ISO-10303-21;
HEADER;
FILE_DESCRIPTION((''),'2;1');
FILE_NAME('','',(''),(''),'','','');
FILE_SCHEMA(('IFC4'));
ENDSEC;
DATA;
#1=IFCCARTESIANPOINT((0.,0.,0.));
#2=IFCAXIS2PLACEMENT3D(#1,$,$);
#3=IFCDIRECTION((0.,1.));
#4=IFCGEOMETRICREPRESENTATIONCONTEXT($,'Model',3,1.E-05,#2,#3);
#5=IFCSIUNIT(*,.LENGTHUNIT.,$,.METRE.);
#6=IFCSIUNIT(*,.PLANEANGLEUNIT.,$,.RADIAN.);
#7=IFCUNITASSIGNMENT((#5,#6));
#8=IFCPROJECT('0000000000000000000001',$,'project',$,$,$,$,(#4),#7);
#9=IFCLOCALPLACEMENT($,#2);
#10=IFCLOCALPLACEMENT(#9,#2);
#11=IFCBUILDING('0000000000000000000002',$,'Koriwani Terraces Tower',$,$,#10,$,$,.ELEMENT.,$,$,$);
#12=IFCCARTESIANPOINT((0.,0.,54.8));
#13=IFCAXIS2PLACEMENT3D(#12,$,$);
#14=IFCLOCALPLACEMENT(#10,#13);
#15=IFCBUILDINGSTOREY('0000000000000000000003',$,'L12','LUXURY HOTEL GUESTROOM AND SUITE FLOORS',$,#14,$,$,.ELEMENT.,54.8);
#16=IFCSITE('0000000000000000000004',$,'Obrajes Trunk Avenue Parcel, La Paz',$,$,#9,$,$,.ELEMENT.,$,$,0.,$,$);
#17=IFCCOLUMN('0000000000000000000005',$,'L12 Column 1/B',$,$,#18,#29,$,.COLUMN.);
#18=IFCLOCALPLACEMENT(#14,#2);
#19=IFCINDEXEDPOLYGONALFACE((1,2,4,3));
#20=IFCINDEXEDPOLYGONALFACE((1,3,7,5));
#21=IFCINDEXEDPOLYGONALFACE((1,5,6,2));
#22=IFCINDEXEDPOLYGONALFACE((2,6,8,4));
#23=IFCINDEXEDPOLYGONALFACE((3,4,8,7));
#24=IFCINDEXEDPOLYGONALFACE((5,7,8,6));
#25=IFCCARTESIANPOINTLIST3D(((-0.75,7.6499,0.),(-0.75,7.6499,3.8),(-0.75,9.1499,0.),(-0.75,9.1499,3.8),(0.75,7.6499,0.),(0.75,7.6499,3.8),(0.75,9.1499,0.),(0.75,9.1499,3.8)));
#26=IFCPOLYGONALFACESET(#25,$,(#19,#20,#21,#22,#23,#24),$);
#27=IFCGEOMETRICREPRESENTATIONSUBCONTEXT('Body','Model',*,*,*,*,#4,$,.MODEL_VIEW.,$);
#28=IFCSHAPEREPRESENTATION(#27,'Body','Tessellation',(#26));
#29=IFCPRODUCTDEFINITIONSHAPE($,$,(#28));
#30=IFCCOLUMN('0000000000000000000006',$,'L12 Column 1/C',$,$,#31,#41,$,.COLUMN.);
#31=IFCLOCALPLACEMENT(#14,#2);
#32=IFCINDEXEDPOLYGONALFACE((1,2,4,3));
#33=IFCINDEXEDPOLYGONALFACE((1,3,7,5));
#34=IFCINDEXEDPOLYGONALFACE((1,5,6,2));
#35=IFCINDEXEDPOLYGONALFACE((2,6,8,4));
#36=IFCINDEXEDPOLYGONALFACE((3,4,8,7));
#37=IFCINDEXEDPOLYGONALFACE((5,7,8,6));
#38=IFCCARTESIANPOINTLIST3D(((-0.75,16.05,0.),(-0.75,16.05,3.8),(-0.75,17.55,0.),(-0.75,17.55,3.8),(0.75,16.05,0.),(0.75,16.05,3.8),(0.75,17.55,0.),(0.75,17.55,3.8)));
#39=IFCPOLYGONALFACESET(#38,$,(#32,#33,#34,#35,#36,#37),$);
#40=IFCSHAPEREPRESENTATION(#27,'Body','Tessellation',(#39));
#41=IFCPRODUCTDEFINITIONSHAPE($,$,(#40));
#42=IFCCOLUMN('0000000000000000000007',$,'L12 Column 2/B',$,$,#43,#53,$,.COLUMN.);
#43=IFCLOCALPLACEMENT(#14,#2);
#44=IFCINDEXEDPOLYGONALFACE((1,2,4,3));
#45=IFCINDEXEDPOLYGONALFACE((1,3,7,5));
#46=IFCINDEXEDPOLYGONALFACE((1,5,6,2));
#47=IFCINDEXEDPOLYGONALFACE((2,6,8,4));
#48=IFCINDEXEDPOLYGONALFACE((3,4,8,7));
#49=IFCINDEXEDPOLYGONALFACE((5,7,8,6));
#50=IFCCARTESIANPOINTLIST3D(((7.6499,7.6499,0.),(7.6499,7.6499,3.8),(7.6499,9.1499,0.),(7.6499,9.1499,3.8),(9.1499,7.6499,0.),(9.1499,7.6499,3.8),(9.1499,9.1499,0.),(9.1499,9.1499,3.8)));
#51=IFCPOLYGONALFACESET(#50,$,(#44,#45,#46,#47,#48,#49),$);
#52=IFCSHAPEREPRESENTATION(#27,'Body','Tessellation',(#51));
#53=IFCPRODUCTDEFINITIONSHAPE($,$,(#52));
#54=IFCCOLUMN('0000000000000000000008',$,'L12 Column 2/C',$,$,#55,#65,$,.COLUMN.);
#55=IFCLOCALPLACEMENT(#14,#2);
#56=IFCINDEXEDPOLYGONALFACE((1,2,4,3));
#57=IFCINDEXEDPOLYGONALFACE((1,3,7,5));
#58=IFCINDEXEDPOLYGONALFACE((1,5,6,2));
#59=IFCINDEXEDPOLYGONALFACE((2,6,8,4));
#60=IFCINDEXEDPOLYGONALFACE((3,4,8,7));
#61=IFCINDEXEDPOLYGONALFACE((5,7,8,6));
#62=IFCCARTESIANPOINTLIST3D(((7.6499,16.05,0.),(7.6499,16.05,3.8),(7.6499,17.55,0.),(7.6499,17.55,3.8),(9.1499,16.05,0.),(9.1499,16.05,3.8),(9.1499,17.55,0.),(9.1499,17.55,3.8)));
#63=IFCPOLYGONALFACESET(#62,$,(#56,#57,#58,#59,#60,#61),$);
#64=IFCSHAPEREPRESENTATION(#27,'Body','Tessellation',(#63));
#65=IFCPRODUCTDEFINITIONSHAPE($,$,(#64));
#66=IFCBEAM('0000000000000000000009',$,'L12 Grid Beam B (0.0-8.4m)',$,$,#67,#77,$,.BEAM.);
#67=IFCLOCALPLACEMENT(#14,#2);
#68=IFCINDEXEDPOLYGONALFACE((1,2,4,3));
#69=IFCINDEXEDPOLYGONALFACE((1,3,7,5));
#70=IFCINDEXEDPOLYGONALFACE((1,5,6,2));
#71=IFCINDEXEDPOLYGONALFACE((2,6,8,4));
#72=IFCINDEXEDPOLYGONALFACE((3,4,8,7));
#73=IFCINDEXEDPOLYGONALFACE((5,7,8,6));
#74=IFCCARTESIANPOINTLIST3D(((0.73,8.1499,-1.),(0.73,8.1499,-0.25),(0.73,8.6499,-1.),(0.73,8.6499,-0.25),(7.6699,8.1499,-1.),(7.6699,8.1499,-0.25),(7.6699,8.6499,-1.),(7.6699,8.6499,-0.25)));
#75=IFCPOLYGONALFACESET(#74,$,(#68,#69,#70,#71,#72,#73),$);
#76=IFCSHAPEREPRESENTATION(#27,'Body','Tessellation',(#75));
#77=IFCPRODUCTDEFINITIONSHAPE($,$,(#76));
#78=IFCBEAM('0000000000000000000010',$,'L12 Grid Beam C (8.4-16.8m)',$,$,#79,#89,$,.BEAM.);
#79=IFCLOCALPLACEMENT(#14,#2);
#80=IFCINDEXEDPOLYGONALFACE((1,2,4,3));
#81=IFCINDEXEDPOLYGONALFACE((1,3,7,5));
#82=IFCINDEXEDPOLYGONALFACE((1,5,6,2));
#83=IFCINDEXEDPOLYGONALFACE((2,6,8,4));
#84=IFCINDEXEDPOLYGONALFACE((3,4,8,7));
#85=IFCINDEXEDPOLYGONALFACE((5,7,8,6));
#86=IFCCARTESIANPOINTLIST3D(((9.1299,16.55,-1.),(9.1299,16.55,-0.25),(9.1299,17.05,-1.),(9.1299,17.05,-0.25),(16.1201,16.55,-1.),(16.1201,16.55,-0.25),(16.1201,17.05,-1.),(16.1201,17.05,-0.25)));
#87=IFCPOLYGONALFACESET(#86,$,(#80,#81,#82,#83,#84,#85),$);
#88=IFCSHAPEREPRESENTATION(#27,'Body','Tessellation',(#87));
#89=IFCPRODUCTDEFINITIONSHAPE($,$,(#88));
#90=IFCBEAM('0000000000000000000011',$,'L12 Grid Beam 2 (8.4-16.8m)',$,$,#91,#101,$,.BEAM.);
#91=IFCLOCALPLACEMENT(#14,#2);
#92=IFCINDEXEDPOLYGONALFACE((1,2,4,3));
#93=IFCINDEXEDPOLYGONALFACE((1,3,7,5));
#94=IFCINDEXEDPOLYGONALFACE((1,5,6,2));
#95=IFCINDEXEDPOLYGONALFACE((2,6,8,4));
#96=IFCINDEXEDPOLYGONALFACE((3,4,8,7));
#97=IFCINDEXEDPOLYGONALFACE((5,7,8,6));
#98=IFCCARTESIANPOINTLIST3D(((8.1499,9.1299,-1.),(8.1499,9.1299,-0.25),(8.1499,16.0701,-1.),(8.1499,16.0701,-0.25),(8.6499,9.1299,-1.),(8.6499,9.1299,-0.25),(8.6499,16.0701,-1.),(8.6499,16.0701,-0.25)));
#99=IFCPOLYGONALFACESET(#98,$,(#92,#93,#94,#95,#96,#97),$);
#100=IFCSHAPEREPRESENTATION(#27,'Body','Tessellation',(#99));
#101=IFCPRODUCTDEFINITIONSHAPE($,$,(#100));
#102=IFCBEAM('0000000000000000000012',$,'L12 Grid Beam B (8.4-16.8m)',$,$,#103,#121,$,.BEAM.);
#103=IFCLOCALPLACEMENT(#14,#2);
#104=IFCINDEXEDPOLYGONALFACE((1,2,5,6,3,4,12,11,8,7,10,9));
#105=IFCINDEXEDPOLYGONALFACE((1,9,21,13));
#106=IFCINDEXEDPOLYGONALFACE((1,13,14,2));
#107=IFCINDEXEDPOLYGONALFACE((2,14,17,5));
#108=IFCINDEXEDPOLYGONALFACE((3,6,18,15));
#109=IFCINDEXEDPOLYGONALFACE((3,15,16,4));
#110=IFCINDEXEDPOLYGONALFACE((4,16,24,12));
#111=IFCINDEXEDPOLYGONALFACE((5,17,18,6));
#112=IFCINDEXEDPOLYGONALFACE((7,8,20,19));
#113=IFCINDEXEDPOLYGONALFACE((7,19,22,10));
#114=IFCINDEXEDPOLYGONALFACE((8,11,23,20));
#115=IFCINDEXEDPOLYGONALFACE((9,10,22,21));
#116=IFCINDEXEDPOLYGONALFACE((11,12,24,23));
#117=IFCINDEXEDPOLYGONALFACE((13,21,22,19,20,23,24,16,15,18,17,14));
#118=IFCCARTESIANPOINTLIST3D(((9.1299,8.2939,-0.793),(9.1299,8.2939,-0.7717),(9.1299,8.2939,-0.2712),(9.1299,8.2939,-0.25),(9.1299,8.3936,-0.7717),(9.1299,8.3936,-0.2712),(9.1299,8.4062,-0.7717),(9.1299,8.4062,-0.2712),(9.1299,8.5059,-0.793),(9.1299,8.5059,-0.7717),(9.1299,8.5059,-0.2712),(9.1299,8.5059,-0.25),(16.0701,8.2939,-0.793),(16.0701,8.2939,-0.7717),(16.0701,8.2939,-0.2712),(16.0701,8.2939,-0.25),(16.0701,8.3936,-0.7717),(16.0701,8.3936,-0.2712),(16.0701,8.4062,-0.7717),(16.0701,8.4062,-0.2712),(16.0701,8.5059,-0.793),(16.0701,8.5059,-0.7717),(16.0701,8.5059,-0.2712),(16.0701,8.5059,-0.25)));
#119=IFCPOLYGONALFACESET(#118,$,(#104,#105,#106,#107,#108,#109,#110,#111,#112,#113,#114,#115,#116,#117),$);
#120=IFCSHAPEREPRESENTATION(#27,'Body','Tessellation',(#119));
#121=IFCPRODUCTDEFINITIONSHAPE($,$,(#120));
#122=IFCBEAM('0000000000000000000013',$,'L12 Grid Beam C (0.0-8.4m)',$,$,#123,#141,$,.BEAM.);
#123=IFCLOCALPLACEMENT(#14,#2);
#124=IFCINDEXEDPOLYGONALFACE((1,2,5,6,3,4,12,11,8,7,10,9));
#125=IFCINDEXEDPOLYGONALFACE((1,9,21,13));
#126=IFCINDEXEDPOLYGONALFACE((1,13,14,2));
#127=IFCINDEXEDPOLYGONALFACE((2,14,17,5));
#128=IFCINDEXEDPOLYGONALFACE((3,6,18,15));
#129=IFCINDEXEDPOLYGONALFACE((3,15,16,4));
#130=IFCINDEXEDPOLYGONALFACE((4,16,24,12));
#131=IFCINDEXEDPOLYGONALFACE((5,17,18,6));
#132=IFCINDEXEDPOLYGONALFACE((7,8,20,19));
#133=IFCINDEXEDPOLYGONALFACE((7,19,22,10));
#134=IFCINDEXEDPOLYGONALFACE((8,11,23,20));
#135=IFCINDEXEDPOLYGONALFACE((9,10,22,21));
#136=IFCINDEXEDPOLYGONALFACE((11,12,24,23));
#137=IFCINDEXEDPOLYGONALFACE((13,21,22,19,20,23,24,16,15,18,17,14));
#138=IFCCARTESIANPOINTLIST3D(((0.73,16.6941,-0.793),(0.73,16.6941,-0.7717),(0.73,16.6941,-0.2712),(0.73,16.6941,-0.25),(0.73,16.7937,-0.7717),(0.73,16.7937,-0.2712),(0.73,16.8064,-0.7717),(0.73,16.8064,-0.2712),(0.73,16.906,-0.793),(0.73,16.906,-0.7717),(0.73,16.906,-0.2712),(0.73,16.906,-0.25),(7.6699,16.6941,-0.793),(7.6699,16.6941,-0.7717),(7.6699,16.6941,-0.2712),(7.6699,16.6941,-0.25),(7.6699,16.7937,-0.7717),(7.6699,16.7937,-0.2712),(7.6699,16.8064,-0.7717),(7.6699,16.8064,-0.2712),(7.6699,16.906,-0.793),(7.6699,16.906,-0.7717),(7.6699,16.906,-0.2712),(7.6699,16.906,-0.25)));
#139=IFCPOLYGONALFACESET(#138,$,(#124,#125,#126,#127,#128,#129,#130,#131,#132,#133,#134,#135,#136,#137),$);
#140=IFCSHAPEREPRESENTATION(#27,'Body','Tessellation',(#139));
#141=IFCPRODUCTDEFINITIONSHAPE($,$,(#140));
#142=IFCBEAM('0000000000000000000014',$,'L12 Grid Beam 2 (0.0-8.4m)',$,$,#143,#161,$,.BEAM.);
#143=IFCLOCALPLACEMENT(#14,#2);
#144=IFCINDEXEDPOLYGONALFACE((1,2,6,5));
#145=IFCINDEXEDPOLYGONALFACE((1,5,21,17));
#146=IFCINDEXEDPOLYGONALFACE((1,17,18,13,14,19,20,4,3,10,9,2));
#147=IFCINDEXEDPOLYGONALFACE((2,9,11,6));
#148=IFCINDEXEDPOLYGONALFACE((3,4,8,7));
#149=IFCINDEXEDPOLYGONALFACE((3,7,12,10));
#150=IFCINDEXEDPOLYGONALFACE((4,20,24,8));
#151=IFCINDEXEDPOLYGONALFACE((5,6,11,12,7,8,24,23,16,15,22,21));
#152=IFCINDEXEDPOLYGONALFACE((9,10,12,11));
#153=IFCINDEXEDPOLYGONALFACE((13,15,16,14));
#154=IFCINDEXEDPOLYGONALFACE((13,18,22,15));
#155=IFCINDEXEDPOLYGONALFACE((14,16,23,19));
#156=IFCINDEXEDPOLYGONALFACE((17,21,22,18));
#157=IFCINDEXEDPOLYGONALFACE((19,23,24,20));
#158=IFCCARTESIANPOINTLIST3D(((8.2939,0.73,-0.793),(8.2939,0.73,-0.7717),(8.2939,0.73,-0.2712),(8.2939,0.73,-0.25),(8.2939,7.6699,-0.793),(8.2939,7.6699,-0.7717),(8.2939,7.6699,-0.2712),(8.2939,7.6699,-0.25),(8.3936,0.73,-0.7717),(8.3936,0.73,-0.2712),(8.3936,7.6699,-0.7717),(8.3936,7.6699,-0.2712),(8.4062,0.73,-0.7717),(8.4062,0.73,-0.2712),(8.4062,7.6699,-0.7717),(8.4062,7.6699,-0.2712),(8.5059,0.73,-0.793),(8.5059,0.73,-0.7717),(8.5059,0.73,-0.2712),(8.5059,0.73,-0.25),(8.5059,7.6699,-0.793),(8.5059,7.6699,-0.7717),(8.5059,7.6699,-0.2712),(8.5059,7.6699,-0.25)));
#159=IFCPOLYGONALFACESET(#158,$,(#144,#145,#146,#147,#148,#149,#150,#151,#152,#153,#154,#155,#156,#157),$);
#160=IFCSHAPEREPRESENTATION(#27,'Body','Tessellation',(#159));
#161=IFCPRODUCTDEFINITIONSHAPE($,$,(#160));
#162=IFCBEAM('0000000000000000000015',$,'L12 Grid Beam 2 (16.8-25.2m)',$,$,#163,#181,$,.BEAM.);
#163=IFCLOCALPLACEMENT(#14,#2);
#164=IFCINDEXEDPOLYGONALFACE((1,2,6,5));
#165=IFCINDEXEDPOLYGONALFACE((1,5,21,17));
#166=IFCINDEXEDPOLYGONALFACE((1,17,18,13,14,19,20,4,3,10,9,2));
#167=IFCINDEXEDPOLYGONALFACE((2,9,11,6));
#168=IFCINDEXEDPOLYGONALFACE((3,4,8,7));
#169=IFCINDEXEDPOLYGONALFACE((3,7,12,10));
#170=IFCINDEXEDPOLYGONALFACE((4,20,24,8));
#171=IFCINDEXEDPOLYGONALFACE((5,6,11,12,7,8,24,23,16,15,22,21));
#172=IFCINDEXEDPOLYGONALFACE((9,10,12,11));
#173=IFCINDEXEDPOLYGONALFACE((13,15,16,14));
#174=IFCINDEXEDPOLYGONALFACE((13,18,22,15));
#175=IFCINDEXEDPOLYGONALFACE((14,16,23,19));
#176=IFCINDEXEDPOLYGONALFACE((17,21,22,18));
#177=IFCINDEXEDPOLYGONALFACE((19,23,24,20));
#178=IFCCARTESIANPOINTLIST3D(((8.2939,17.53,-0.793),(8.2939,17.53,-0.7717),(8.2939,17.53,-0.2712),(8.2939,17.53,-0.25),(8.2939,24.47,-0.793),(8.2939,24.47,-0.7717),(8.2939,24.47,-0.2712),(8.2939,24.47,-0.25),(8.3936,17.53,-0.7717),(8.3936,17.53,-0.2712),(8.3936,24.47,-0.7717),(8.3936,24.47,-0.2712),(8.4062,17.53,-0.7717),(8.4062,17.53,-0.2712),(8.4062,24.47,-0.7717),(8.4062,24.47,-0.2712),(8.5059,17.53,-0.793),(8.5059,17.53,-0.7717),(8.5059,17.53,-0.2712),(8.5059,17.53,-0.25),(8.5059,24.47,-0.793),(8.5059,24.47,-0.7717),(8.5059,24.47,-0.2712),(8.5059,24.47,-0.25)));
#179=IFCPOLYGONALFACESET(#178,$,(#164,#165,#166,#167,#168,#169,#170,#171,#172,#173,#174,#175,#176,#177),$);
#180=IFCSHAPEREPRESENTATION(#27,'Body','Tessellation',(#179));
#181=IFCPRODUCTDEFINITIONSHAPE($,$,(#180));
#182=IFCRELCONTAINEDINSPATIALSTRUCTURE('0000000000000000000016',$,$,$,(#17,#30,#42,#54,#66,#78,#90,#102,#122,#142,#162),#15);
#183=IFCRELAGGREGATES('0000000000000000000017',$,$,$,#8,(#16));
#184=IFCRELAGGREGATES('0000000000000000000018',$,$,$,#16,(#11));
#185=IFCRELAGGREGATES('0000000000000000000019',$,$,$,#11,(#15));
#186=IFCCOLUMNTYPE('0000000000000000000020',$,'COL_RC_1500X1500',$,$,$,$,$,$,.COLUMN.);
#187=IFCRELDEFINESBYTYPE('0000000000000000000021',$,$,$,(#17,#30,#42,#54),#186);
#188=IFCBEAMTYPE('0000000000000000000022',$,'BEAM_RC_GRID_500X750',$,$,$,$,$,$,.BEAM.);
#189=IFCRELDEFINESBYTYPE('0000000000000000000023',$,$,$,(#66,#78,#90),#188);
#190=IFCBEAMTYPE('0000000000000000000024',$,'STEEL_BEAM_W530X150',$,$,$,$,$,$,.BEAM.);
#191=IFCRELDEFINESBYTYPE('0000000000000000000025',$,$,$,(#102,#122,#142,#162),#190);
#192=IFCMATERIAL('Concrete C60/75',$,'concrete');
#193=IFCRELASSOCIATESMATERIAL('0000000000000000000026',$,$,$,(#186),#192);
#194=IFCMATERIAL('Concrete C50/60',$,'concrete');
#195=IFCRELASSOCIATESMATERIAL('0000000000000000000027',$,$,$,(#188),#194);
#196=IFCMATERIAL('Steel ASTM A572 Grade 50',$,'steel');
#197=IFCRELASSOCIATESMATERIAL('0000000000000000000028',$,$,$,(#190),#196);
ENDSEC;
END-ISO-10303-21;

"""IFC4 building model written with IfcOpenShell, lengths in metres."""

from ifc_helpers import new_model, si_unit, direction, frame, origin, origin_2d, place, context, subcontext, project, spatial, rectangle, i_section, extrude, material, material_profile, profile_set, type_object, element, save


model = new_model("IFC4")

# Units and contexts
model_context = context("Model", 3, precision=1e-05, world=origin(), true_north=direction((0.0, 1.0)))
body_context = subcontext(model_context, "Body", "Model", "MODEL_VIEW")
ifc_project = project(units=[si_unit("LENGTHUNIT", "METRE"), si_unit("PLANEANGLEUNIT", "RADIAN")], contexts=[model_context])

# Site, building, storey
site_placement = place(None, origin())
site = spatial("IfcSite", under=ifc_project, at=site_placement, Name="Obrajes Trunk Avenue Parcel, La Paz", CompositionType="ELEMENT", RefElevation=0.0)
building_placement = place(site_placement, origin())
building = spatial("IfcBuilding", under=site, at=building_placement, Name="Koriwani Terraces Tower", CompositionType="ELEMENT")
storey_placement = place(building_placement, frame((0.0, 0.0, 54.8)))
storey = spatial("IfcBuildingStorey", under=building, at=storey_placement, Name="L12", Description="LUXURY HOTEL GUESTROOM AND SUITE FLOORS", CompositionType="ELEMENT", Elevation=54.8)

# Columns
ifc_material_1 = material(Name="Concrete C60/75", Category="concrete")
ifc_material_profile_1 = material_profile(ifc_material_1, rectangle(XDim=1.5, YDim=1.5, at=origin_2d()), Name="Concrete C60/75", Category="LoadBearing")
ifc_profile_set_1 = profile_set([ifc_material_profile_1], Name="Concrete C60/75")
column_type = type_object("IfcColumnType", Name="COL_RC_1500X1500", PredefinedType="COLUMN", material=ifc_profile_set_1)
for number, where, z_axis, x_axis, name in (
    (1, (0.0, 8.3999, 0.0), (0.0, 0.0, 1.0), (1.0, 0.0, 0.0), "L12 Column 1/B"),
    (2, (0.0, 16.8, 0.0), (0.0, 0.0, 1.0), (1.0, 0.0, 0.0), "L12 Column 1/C"),
    (3, (8.3999, 8.3999, 0.0), (0.0, 0.0, 1.0), (1.0, 0.0, 0.0), "L12 Column 2/B"),
    (4, (8.3999, 16.8, 0.0), (0.0, 0.0, 1.0), (1.0, 0.0, 0.0), "L12 Column 2/C"),
):
    element("IfcColumn", number, at=place(storey_placement, frame(where, z_axis=z_axis, x_axis=x_axis)), inside=storey, type_object=column_type, Name=name, PredefinedType="COLUMN", context=body_context, shape_type="SweptSolid", body=[
        extrude(rectangle(XDim=1.5, YDim=1.5, at=origin_2d()), origin(), (0.0, 0.0, 1.0), 3.8),
    ])

# Beams
ifc_material_2 = material(Name="Concrete C50/60", Category="concrete")
ifc_material_profile_2 = material_profile(ifc_material_2, rectangle(XDim=0.5, YDim=0.75, at=origin_2d()), Name="Concrete C50/60", Category="LoadBearing")
ifc_profile_set_2 = profile_set([ifc_material_profile_2], Name="Concrete C50/60")
beam_type_1 = type_object("IfcBeamType", Name="BEAM_RC_GRID_500X750", PredefinedType="BEAM", material=ifc_profile_set_2)
beam_1_placement = place(storey_placement, frame((0.73, 8.3999, -0.625), z_axis=(1.0, 0.0, 0.0), x_axis=(0.0, 1.0, 0.0)))
element("IfcBeam", 5, at=beam_1_placement, inside=storey, type_object=beam_type_1, Name="L12 Grid Beam B (0.0-8.4m)", PredefinedType="BEAM", context=body_context, shape_type="SweptSolid", body=[
    extrude(rectangle(XDim=0.5, YDim=0.75, at=origin_2d()), origin(), (0.0, 0.0, 1.0), 6.9399),
])
beam_2_placement = place(storey_placement, frame((9.1299, 16.8, -0.625), z_axis=(1.0, 0.0, 0.0), x_axis=(0.0, 1.0, 0.0)))
element("IfcBeam", 6, at=beam_2_placement, inside=storey, type_object=beam_type_1, Name="L12 Grid Beam C (8.4-16.8m)", PredefinedType="BEAM", context=body_context, shape_type="SweptSolid", body=[
    extrude(rectangle(XDim=0.5, YDim=0.75, at=origin_2d()), origin(), (0.0, 0.0, 1.0), 6.9902),
])
beam_3_placement = place(storey_placement, frame((8.3999, 9.1299, -0.625), z_axis=(0.0, 1.0, 0.0), x_axis=(-1.0, 0.0, 0.0)))
element("IfcBeam", 7, at=beam_3_placement, inside=storey, type_object=beam_type_1, Name="L12 Grid Beam 2 (8.4-16.8m)", PredefinedType="BEAM", context=body_context, shape_type="SweptSolid", body=[
    extrude(rectangle(XDim=0.5, YDim=0.75, at=origin_2d()), origin(), (0.0, 0.0, 1.0), 6.9402),
])
ifc_material_3 = material(Name="Steel ASTM A572 Grade 50", Category="steel")
ifc_material_profile_3 = material_profile(ifc_material_3, i_section(OverallWidth=0.2119, OverallDepth=0.543, WebThickness=0.0127, FlangeThickness=0.0212, at=origin_2d()), Name="Steel ASTM A572 Grade 50", Category="LoadBearing")
ifc_profile_set_3 = profile_set([ifc_material_profile_3], Name="Steel ASTM A572 Grade 50")
beam_type_2 = type_object("IfcBeamType", Name="STEEL_BEAM_W530X150", PredefinedType="BEAM", material=ifc_profile_set_3)
beam_4_placement = place(storey_placement, frame((9.1299, 8.3999, -0.5215), z_axis=(1.0, 0.0, 0.0), x_axis=(0.0, 1.0, 0.0)))
element("IfcBeam", 8, at=beam_4_placement, inside=storey, type_object=beam_type_2, Name="L12 Grid Beam B (8.4-16.8m)", PredefinedType="BEAM", context=body_context, shape_type="SweptSolid", body=[
    extrude(i_section(OverallWidth=0.2119, OverallDepth=0.543, WebThickness=0.0127, FlangeThickness=0.0212, at=origin_2d()), origin(), (0.0, 0.0, 1.0), 6.9402),
])
for number, where, z_axis, x_axis, name in (
    (9, (0.73, 16.8, -0.5215), (1.0, 0.0, 0.0), (0.0, 1.0, 0.0), "L12 Grid Beam C (0.0-8.4m)"),
    (10, (8.3999, 0.73, -0.5215), (0.0, 1.0, 0.0), (-1.0, 0.0, 0.0), "L12 Grid Beam 2 (0.0-8.4m)"),
    (11, (8.3999, 17.53, -0.5215), (0.0, 1.0, 0.0), (-1.0, 0.0, 0.0), "L12 Grid Beam 2 (16.8-25.2m)"),
):
    element("IfcBeam", number, at=place(storey_placement, frame(where, z_axis=z_axis, x_axis=x_axis)), inside=storey, type_object=beam_type_2, Name=name, PredefinedType="BEAM", context=body_context, shape_type="SweptSolid", body=[
        extrude(i_section(OverallWidth=0.2119, OverallDepth=0.543, WebThickness=0.0127, FlangeThickness=0.0212, at=origin_2d()), origin(), (0.0, 0.0, 1.0), 6.9399),
    ])

save(model, "model.ifc")
